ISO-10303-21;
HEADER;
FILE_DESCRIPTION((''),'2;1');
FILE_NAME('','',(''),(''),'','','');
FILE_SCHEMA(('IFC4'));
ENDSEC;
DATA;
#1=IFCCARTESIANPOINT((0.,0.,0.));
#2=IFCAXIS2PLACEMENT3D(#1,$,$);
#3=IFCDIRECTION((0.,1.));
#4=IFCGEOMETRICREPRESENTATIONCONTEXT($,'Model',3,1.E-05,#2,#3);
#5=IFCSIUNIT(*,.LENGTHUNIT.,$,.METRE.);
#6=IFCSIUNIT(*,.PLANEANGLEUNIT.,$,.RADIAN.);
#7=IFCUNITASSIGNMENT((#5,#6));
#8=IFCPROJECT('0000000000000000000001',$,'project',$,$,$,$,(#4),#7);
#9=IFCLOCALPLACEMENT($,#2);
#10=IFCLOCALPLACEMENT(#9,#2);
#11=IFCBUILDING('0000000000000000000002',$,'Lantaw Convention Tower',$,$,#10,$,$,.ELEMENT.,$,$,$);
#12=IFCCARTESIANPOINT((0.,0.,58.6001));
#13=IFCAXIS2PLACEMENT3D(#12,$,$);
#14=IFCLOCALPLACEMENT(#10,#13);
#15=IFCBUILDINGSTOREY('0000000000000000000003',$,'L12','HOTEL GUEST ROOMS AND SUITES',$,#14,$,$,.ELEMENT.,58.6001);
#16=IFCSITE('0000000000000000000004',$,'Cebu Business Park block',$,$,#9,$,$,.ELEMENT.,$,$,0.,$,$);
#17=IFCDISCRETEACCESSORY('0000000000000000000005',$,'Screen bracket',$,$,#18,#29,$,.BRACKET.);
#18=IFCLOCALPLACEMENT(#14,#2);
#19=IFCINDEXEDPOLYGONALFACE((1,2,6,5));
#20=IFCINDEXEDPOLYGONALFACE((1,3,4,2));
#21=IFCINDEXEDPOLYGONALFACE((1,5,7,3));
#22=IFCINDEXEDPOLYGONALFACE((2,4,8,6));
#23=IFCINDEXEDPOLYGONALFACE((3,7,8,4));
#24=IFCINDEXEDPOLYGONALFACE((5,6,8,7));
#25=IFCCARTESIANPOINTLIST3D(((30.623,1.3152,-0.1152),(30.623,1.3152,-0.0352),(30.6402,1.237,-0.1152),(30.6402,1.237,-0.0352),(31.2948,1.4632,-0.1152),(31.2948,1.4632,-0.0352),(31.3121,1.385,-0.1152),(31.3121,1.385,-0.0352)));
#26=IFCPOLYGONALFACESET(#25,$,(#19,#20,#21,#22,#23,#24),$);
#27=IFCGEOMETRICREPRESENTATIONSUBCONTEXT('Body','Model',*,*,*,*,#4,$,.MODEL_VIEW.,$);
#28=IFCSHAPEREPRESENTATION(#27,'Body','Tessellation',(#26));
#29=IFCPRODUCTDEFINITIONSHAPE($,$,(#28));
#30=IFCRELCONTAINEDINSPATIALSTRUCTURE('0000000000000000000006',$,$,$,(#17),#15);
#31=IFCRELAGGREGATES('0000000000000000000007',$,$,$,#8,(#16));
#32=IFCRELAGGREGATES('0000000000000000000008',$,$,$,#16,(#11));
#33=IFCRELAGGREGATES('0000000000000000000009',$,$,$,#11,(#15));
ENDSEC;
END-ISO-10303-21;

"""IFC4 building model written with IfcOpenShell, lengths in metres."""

from ifc_helpers import new_model, si_unit, direction, frame, origin, origin_2d, place, context, subcontext, project, spatial, rectangle, extrude, element, save


model = new_model("IFC4")

# Units and contexts
model_context = context("Model", 3, precision=1e-05, world=origin(), true_north=direction((0.0, 1.0)))
body_context = subcontext(model_context, "Body", "Model", "MODEL_VIEW")
ifc_project = project(units=[si_unit("LENGTHUNIT", "METRE"), si_unit("PLANEANGLEUNIT", "RADIAN")], contexts=[model_context])

# Site, building, storey
site_placement = place(None, origin())
site = spatial("IfcSite", under=ifc_project, at=site_placement, Name="Cebu Business Park block", CompositionType="ELEMENT", RefElevation=0.0)
building_placement = place(site_placement, origin())
building = spatial("IfcBuilding", under=site, at=building_placement, Name="Lantaw Convention Tower", CompositionType="ELEMENT")
storey_placement = place(building_placement, frame((0.0, 0.0, 58.6001)))
storey = spatial("IfcBuildingStorey", under=building, at=storey_placement, Name="L12", Description="HOTEL GUEST ROOMS AND SUITES", CompositionType="ELEMENT", Elevation=58.6001)

# Discrete accessory
discrete_accessory_placement = place(storey_placement, frame((30.9675, 1.3501, -0.1152), z_axis=(0.0, 0.0, 1.0), x_axis=(-0.215246, 0.97656, 0.0)))
element("IfcDiscreteAccessory", 1, at=discrete_accessory_placement, inside=storey, Name="Screen bracket", PredefinedType="BRACKET", context=body_context, shape_type="SweptSolid", body=[
    extrude(rectangle(XDim=0.0801, YDim=0.688, at=origin_2d()), origin(), (0.0, 0.0, 1.0), 0.0801),
])

save(model, "model.ifc")
